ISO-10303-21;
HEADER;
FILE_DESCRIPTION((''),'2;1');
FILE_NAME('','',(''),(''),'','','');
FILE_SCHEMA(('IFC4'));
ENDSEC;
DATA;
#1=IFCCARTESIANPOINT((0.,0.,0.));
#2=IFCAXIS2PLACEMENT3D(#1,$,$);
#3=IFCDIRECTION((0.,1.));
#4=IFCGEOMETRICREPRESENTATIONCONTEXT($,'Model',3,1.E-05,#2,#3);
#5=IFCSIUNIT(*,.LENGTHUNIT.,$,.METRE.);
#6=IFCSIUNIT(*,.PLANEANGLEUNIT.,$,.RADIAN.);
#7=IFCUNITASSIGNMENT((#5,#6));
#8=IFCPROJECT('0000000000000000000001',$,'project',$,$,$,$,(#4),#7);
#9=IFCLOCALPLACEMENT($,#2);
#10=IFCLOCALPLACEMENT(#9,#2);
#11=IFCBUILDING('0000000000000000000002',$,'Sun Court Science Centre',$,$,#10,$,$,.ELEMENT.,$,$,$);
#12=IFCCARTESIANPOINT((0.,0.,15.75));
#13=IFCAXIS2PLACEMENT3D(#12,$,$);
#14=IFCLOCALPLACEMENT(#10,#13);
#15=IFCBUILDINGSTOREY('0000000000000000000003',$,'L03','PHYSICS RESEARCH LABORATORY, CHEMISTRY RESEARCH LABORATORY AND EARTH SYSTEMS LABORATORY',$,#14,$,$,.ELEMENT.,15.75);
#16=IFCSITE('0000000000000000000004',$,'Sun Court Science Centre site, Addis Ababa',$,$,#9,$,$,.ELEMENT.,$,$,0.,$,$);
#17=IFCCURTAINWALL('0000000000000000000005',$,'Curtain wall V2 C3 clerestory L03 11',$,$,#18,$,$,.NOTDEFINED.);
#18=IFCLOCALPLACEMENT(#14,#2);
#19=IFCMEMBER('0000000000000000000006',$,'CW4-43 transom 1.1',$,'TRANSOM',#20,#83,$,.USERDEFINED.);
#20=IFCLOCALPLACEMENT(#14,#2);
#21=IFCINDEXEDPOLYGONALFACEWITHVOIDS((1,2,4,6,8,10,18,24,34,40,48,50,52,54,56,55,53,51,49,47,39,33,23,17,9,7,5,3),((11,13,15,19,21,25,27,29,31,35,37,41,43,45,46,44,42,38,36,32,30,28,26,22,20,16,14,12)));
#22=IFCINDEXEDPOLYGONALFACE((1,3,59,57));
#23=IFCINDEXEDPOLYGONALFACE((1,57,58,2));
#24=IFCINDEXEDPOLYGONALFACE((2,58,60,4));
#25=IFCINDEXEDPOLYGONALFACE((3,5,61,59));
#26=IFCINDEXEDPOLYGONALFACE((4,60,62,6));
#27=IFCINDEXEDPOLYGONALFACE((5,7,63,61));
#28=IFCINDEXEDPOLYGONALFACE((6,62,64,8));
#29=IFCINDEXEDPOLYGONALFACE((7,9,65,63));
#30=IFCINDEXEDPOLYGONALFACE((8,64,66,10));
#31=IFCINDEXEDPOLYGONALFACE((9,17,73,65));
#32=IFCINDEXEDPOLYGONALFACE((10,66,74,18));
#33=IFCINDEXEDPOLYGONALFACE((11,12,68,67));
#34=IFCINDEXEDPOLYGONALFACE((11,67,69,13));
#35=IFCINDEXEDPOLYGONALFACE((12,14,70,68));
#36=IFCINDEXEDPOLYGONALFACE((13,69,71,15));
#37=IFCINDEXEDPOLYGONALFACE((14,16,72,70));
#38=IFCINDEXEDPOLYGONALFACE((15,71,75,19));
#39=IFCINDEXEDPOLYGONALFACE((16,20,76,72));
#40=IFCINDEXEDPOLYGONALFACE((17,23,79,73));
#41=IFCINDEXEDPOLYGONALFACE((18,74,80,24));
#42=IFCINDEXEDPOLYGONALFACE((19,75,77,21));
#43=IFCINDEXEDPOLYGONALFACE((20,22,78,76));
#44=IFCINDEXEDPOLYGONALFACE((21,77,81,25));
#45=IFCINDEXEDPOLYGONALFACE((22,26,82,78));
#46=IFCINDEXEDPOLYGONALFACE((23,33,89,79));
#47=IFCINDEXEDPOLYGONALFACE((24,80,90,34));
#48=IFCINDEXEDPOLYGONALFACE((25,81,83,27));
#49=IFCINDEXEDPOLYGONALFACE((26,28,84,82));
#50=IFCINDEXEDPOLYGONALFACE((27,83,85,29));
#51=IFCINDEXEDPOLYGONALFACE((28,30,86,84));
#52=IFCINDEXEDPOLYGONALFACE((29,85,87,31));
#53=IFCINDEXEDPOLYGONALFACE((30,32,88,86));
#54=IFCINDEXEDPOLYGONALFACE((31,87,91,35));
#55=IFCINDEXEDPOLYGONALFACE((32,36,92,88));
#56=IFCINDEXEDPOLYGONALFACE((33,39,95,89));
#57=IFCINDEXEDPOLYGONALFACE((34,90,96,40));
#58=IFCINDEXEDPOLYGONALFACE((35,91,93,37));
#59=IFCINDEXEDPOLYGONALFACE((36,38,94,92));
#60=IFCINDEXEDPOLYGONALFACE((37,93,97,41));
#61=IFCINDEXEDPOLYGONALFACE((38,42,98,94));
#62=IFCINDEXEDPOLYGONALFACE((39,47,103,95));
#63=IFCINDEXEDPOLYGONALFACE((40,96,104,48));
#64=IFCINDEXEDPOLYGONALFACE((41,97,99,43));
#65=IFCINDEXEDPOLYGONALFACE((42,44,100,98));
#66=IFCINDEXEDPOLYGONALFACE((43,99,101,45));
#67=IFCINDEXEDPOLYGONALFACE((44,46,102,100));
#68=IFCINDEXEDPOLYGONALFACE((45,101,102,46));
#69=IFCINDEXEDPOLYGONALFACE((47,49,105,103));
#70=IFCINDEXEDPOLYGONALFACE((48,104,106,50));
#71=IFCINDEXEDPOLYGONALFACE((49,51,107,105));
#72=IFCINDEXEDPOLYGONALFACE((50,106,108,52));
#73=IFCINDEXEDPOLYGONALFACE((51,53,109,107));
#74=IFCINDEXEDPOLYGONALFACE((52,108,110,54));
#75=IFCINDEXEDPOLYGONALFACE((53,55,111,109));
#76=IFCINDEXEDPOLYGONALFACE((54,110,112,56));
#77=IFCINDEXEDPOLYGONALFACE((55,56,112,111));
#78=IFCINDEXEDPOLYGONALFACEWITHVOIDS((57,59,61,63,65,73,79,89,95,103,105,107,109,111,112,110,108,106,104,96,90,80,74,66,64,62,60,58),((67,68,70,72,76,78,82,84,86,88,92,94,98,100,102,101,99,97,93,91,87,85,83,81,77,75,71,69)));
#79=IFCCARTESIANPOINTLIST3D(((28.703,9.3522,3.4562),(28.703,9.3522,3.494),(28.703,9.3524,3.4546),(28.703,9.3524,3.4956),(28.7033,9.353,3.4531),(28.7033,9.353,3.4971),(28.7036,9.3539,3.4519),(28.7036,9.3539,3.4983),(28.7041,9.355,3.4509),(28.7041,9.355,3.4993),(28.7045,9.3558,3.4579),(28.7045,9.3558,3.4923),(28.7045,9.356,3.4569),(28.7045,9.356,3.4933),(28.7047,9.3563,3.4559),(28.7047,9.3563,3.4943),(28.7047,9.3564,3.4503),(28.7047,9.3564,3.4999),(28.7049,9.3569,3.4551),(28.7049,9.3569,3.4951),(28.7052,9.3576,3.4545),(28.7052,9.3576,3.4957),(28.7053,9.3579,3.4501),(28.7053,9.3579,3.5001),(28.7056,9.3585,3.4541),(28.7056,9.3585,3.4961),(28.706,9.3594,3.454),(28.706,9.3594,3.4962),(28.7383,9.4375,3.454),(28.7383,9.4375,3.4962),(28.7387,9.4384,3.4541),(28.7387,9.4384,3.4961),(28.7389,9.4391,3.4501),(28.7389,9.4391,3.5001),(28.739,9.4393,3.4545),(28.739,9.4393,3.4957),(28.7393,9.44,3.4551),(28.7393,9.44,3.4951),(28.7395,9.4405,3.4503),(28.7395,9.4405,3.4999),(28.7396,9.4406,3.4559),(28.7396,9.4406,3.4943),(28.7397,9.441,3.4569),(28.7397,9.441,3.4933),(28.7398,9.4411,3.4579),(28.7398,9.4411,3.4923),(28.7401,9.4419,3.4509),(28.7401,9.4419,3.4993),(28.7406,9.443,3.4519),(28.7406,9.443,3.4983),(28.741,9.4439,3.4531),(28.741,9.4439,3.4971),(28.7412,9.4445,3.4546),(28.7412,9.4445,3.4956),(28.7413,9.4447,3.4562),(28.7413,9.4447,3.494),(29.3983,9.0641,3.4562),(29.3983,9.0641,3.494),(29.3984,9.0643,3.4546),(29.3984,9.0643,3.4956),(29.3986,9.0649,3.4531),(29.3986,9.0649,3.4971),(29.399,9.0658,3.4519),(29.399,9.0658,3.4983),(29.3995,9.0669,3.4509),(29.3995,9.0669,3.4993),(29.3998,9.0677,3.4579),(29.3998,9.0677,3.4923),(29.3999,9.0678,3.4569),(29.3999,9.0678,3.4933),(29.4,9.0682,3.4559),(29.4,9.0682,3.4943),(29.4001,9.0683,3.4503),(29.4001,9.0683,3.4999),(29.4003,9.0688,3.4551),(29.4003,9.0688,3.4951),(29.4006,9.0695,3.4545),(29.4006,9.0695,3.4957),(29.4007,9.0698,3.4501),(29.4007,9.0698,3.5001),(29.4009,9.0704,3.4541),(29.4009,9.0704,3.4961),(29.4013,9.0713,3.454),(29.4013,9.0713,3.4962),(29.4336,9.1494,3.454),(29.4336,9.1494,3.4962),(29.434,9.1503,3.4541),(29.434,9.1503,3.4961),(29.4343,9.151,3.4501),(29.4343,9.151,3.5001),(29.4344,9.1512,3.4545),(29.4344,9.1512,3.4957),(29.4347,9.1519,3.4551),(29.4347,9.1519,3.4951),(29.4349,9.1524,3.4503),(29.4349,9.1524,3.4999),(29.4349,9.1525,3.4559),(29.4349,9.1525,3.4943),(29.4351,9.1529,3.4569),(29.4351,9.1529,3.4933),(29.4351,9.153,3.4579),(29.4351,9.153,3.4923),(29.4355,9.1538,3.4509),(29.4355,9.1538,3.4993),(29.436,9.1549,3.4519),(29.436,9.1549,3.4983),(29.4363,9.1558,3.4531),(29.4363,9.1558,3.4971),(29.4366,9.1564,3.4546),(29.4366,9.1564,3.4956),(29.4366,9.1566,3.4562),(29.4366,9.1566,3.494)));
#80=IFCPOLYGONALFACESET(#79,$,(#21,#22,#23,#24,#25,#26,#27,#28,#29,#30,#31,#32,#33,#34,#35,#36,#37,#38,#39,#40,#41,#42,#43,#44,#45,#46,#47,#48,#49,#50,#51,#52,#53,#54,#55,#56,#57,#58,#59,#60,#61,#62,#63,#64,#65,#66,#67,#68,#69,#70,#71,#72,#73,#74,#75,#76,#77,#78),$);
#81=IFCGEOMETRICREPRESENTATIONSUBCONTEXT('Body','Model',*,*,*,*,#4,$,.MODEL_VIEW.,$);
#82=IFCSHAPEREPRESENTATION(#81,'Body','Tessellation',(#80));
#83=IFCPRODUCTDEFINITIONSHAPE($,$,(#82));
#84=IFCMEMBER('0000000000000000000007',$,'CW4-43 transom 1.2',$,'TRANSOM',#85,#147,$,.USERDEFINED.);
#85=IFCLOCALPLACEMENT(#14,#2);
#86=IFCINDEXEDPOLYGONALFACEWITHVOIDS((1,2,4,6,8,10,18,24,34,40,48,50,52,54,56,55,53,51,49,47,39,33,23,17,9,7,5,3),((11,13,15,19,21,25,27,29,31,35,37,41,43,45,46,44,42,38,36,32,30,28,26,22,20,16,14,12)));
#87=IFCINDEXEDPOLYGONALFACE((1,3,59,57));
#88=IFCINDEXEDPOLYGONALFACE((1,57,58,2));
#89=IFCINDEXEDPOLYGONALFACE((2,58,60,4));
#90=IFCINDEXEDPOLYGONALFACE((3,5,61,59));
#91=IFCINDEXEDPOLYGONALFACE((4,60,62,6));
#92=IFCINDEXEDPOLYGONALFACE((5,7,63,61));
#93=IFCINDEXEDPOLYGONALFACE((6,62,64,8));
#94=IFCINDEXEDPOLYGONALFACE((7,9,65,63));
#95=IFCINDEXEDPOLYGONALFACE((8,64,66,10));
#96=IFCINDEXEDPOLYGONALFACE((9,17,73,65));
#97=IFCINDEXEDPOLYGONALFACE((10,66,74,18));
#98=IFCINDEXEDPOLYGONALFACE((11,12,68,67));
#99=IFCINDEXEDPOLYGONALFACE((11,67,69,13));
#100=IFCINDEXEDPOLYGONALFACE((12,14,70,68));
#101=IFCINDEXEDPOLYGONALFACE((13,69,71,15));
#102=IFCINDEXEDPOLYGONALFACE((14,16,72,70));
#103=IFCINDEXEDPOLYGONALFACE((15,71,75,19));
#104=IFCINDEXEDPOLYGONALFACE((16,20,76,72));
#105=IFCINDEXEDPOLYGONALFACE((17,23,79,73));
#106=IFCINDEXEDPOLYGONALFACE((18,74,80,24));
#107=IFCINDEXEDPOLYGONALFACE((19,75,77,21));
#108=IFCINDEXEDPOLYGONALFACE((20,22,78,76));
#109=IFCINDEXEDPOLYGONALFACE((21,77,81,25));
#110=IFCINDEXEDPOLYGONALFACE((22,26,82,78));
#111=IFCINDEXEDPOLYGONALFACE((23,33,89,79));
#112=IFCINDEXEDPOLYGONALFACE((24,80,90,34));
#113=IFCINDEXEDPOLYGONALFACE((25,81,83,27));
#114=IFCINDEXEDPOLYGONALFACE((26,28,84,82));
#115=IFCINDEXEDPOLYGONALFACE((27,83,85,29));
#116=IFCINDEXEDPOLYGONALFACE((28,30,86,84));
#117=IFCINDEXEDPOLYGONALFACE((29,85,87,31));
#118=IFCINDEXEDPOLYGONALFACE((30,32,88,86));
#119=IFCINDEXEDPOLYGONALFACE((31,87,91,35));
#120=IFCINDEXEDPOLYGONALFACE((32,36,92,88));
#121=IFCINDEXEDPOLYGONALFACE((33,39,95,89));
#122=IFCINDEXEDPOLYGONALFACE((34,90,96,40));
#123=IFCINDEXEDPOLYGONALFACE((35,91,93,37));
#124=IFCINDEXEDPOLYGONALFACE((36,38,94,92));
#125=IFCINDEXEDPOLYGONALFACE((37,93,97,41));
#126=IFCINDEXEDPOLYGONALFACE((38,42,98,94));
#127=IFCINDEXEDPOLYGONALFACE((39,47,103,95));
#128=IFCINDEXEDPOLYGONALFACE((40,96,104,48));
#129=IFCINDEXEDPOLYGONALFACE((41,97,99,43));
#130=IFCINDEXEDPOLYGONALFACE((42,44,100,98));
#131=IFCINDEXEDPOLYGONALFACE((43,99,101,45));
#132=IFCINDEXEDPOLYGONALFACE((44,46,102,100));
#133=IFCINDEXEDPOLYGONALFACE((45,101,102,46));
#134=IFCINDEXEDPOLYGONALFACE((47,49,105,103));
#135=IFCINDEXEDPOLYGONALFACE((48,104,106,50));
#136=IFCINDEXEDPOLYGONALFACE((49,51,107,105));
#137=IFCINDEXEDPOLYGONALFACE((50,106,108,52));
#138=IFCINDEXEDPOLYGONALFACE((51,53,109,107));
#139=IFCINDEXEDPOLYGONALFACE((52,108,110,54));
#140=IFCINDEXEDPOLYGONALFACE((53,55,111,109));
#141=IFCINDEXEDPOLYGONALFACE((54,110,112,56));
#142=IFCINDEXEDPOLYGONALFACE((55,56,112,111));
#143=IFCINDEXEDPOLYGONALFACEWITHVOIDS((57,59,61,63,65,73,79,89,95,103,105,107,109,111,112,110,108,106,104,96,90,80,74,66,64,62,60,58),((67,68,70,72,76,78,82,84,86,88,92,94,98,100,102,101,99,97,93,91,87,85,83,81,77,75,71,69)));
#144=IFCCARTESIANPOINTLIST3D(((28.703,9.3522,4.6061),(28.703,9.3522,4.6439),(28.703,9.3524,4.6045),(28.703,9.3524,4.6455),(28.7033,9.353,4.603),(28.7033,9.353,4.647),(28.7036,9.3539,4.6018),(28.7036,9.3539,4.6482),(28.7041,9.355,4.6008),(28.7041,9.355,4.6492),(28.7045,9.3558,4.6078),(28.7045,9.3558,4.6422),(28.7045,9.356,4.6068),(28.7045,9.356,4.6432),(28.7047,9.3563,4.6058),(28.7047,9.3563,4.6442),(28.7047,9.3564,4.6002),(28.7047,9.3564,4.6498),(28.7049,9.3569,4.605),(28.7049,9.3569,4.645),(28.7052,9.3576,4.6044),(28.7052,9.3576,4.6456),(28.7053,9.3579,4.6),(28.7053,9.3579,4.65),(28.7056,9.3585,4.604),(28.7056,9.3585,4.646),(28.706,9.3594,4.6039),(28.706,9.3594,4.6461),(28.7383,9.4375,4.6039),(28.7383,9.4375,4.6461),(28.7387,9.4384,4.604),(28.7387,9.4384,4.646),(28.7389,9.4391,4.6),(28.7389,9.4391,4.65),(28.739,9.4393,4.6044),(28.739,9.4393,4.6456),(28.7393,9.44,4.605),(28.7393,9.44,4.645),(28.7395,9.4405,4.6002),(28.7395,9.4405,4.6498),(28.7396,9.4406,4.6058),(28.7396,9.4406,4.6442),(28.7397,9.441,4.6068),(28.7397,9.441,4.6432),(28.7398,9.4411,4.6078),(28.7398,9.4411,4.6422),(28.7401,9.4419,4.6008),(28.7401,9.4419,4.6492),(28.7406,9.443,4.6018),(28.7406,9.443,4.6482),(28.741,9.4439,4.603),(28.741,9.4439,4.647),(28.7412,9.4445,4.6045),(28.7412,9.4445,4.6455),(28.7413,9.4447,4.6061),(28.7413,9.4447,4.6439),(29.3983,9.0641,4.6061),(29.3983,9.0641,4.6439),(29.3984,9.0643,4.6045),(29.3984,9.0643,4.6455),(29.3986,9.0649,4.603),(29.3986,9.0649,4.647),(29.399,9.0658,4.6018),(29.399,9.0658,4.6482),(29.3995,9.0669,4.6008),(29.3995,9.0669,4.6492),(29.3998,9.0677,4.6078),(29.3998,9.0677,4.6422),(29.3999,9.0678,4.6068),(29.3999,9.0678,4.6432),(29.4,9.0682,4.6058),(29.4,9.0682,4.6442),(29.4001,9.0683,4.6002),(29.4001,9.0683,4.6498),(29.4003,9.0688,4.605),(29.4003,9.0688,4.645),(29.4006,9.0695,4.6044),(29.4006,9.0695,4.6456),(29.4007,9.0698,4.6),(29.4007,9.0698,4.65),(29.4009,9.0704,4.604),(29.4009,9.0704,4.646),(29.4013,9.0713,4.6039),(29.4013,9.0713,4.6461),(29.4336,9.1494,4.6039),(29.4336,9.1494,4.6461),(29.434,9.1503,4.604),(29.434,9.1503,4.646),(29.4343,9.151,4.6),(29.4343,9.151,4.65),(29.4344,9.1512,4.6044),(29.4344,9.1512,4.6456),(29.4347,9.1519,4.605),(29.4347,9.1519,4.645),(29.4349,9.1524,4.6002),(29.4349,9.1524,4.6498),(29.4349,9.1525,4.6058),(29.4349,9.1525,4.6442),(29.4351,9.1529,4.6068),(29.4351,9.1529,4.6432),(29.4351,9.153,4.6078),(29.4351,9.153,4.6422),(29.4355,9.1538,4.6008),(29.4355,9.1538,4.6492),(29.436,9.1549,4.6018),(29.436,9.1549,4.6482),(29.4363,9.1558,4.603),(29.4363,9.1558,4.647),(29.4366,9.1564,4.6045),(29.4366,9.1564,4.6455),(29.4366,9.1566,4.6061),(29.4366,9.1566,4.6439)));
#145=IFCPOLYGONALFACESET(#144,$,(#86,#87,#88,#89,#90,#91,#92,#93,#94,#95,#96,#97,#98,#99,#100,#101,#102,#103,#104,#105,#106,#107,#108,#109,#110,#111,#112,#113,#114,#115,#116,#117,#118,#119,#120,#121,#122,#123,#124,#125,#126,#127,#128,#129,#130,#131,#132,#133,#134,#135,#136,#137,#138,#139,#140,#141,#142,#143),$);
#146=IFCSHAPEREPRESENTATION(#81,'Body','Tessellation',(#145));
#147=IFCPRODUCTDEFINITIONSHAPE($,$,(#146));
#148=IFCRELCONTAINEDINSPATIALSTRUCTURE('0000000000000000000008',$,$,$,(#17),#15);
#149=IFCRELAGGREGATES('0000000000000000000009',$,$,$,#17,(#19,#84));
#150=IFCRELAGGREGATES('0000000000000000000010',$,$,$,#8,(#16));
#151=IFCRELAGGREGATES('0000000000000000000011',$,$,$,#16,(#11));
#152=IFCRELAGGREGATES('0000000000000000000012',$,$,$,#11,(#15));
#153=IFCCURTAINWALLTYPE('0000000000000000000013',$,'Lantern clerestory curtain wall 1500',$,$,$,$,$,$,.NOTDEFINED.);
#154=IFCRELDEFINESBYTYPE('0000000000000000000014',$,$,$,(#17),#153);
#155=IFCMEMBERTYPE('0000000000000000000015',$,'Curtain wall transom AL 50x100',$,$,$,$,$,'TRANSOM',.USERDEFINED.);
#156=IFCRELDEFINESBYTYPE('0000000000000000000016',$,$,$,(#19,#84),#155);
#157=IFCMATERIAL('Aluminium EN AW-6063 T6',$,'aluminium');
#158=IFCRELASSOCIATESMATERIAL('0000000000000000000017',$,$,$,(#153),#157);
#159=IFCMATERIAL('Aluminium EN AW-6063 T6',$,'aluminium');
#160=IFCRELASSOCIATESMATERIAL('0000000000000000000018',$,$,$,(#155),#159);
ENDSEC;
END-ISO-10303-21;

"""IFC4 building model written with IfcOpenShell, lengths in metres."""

from ifc_helpers import new_model, si_unit, direction, frame, origin, origin_2d, place, context, subcontext, project, spatial, hollow_rectangle, extrude, material, material_profile, profile_set, type_object, element, aggregate, save


model = new_model("IFC4")

# Units and contexts
model_context = context("Model", 3, precision=1e-05, world=origin(), true_north=direction((0.0, 1.0)))
body_context = subcontext(model_context, "Body", "Model", "MODEL_VIEW")
ifc_project = project(units=[si_unit("LENGTHUNIT", "METRE"), si_unit("PLANEANGLEUNIT", "RADIAN")], contexts=[model_context])

# Site, building, storey
site_placement = place(None, origin())
site = spatial("IfcSite", under=ifc_project, at=site_placement, Name="Sun Court Science Centre site, Addis Ababa", CompositionType="ELEMENT", RefElevation=0.0)
building_placement = place(site_placement, origin())
building = spatial("IfcBuilding", under=site, at=building_placement, Name="Sun Court Science Centre", CompositionType="ELEMENT")
storey_placement = place(building_placement, frame((0.0, 0.0, 15.75)))
storey = spatial("IfcBuildingStorey", under=building, at=storey_placement, Name="L03", Description="PHYSICS RESEARCH LABORATORY, CHEMISTRY RESEARCH LABORATORY AND EARTH SYSTEMS LABORATORY", CompositionType="ELEMENT", Elevation=15.75)

# Curtain wall
ifc_material_1 = material(Name="Aluminium EN AW-6063 T6", Category="aluminium")
curtain_wall_type = type_object("IfcCurtainWallType", Name="Lantern clerestory curtain wall 1500", PredefinedType="NOTDEFINED", material=ifc_material_1)
curtain_wall_1_placement = place(storey_placement, origin())
curtain_wall_1 = element("IfcCurtainWall", 1, at=curtain_wall_1_placement, inside=storey, type_object=curtain_wall_type, Name="Curtain wall V2 C3 clerestory L03 11", PredefinedType="NOTDEFINED")

# Members
ifc_material_2 = material(Name="Aluminium EN AW-6063 T6", Category="aluminium")
ifc_material_profile_1 = material_profile(ifc_material_2, hollow_rectangle(XDim=0.05, YDim=0.1001, WallThickness=0.0039, InnerFilletRadius=0.0039, OuterFilletRadius=0.0061, at=origin_2d()), Name="AL 50x100x4")
ifc_profile_set_1 = profile_set([ifc_material_profile_1], Name="Aluminium EN AW-6063 T6")
member_type_1 = type_object("IfcMemberType", Name="Curtain wall transom AL 50x100", ElementType="TRANSOM", PredefinedType="USERDEFINED", material=ifc_profile_set_1)
member_1_placement = place(storey_placement, frame((29.4175, 9.1104, 3.4751), z_axis=(-0.923843, 0.382772, 0.0), x_axis=(0.0, 0.0, 1.0)))
member_1 = element("IfcMember", 2, at=member_1_placement, type_object=member_type_1, Name="CW4-43 transom 1.1", ObjectType="TRANSOM", PredefinedType="USERDEFINED", context=body_context, shape_type="SweptSolid", body=[
    extrude(hollow_rectangle(XDim=0.05, YDim=0.1001, WallThickness=0.0039, InnerFilletRadius=0.0039, OuterFilletRadius=0.0061, at=origin_2d()), origin(), (0.0, 0.0, 1.0), 0.7527),
])
member_2_placement = place(storey_placement, frame((29.4175, 9.1104, 4.625), z_axis=(-0.923843, 0.382772, 0.0), x_axis=(0.0, 0.0, 1.0)))
member_2 = element("IfcMember", 3, at=member_2_placement, type_object=member_type_1, Name="CW4-43 transom 1.2", ObjectType="TRANSOM", PredefinedType="USERDEFINED", context=body_context, shape_type="SweptSolid", body=[
    extrude(hollow_rectangle(XDim=0.05, YDim=0.1001, WallThickness=0.0039, InnerFilletRadius=0.0039, OuterFilletRadius=0.0061, at=origin_2d()), origin(), (0.0, 0.0, 1.0), 0.7527),
])

aggregate(curtain_wall_1, [member_1, member_2])

save(model, "model.ifc")
